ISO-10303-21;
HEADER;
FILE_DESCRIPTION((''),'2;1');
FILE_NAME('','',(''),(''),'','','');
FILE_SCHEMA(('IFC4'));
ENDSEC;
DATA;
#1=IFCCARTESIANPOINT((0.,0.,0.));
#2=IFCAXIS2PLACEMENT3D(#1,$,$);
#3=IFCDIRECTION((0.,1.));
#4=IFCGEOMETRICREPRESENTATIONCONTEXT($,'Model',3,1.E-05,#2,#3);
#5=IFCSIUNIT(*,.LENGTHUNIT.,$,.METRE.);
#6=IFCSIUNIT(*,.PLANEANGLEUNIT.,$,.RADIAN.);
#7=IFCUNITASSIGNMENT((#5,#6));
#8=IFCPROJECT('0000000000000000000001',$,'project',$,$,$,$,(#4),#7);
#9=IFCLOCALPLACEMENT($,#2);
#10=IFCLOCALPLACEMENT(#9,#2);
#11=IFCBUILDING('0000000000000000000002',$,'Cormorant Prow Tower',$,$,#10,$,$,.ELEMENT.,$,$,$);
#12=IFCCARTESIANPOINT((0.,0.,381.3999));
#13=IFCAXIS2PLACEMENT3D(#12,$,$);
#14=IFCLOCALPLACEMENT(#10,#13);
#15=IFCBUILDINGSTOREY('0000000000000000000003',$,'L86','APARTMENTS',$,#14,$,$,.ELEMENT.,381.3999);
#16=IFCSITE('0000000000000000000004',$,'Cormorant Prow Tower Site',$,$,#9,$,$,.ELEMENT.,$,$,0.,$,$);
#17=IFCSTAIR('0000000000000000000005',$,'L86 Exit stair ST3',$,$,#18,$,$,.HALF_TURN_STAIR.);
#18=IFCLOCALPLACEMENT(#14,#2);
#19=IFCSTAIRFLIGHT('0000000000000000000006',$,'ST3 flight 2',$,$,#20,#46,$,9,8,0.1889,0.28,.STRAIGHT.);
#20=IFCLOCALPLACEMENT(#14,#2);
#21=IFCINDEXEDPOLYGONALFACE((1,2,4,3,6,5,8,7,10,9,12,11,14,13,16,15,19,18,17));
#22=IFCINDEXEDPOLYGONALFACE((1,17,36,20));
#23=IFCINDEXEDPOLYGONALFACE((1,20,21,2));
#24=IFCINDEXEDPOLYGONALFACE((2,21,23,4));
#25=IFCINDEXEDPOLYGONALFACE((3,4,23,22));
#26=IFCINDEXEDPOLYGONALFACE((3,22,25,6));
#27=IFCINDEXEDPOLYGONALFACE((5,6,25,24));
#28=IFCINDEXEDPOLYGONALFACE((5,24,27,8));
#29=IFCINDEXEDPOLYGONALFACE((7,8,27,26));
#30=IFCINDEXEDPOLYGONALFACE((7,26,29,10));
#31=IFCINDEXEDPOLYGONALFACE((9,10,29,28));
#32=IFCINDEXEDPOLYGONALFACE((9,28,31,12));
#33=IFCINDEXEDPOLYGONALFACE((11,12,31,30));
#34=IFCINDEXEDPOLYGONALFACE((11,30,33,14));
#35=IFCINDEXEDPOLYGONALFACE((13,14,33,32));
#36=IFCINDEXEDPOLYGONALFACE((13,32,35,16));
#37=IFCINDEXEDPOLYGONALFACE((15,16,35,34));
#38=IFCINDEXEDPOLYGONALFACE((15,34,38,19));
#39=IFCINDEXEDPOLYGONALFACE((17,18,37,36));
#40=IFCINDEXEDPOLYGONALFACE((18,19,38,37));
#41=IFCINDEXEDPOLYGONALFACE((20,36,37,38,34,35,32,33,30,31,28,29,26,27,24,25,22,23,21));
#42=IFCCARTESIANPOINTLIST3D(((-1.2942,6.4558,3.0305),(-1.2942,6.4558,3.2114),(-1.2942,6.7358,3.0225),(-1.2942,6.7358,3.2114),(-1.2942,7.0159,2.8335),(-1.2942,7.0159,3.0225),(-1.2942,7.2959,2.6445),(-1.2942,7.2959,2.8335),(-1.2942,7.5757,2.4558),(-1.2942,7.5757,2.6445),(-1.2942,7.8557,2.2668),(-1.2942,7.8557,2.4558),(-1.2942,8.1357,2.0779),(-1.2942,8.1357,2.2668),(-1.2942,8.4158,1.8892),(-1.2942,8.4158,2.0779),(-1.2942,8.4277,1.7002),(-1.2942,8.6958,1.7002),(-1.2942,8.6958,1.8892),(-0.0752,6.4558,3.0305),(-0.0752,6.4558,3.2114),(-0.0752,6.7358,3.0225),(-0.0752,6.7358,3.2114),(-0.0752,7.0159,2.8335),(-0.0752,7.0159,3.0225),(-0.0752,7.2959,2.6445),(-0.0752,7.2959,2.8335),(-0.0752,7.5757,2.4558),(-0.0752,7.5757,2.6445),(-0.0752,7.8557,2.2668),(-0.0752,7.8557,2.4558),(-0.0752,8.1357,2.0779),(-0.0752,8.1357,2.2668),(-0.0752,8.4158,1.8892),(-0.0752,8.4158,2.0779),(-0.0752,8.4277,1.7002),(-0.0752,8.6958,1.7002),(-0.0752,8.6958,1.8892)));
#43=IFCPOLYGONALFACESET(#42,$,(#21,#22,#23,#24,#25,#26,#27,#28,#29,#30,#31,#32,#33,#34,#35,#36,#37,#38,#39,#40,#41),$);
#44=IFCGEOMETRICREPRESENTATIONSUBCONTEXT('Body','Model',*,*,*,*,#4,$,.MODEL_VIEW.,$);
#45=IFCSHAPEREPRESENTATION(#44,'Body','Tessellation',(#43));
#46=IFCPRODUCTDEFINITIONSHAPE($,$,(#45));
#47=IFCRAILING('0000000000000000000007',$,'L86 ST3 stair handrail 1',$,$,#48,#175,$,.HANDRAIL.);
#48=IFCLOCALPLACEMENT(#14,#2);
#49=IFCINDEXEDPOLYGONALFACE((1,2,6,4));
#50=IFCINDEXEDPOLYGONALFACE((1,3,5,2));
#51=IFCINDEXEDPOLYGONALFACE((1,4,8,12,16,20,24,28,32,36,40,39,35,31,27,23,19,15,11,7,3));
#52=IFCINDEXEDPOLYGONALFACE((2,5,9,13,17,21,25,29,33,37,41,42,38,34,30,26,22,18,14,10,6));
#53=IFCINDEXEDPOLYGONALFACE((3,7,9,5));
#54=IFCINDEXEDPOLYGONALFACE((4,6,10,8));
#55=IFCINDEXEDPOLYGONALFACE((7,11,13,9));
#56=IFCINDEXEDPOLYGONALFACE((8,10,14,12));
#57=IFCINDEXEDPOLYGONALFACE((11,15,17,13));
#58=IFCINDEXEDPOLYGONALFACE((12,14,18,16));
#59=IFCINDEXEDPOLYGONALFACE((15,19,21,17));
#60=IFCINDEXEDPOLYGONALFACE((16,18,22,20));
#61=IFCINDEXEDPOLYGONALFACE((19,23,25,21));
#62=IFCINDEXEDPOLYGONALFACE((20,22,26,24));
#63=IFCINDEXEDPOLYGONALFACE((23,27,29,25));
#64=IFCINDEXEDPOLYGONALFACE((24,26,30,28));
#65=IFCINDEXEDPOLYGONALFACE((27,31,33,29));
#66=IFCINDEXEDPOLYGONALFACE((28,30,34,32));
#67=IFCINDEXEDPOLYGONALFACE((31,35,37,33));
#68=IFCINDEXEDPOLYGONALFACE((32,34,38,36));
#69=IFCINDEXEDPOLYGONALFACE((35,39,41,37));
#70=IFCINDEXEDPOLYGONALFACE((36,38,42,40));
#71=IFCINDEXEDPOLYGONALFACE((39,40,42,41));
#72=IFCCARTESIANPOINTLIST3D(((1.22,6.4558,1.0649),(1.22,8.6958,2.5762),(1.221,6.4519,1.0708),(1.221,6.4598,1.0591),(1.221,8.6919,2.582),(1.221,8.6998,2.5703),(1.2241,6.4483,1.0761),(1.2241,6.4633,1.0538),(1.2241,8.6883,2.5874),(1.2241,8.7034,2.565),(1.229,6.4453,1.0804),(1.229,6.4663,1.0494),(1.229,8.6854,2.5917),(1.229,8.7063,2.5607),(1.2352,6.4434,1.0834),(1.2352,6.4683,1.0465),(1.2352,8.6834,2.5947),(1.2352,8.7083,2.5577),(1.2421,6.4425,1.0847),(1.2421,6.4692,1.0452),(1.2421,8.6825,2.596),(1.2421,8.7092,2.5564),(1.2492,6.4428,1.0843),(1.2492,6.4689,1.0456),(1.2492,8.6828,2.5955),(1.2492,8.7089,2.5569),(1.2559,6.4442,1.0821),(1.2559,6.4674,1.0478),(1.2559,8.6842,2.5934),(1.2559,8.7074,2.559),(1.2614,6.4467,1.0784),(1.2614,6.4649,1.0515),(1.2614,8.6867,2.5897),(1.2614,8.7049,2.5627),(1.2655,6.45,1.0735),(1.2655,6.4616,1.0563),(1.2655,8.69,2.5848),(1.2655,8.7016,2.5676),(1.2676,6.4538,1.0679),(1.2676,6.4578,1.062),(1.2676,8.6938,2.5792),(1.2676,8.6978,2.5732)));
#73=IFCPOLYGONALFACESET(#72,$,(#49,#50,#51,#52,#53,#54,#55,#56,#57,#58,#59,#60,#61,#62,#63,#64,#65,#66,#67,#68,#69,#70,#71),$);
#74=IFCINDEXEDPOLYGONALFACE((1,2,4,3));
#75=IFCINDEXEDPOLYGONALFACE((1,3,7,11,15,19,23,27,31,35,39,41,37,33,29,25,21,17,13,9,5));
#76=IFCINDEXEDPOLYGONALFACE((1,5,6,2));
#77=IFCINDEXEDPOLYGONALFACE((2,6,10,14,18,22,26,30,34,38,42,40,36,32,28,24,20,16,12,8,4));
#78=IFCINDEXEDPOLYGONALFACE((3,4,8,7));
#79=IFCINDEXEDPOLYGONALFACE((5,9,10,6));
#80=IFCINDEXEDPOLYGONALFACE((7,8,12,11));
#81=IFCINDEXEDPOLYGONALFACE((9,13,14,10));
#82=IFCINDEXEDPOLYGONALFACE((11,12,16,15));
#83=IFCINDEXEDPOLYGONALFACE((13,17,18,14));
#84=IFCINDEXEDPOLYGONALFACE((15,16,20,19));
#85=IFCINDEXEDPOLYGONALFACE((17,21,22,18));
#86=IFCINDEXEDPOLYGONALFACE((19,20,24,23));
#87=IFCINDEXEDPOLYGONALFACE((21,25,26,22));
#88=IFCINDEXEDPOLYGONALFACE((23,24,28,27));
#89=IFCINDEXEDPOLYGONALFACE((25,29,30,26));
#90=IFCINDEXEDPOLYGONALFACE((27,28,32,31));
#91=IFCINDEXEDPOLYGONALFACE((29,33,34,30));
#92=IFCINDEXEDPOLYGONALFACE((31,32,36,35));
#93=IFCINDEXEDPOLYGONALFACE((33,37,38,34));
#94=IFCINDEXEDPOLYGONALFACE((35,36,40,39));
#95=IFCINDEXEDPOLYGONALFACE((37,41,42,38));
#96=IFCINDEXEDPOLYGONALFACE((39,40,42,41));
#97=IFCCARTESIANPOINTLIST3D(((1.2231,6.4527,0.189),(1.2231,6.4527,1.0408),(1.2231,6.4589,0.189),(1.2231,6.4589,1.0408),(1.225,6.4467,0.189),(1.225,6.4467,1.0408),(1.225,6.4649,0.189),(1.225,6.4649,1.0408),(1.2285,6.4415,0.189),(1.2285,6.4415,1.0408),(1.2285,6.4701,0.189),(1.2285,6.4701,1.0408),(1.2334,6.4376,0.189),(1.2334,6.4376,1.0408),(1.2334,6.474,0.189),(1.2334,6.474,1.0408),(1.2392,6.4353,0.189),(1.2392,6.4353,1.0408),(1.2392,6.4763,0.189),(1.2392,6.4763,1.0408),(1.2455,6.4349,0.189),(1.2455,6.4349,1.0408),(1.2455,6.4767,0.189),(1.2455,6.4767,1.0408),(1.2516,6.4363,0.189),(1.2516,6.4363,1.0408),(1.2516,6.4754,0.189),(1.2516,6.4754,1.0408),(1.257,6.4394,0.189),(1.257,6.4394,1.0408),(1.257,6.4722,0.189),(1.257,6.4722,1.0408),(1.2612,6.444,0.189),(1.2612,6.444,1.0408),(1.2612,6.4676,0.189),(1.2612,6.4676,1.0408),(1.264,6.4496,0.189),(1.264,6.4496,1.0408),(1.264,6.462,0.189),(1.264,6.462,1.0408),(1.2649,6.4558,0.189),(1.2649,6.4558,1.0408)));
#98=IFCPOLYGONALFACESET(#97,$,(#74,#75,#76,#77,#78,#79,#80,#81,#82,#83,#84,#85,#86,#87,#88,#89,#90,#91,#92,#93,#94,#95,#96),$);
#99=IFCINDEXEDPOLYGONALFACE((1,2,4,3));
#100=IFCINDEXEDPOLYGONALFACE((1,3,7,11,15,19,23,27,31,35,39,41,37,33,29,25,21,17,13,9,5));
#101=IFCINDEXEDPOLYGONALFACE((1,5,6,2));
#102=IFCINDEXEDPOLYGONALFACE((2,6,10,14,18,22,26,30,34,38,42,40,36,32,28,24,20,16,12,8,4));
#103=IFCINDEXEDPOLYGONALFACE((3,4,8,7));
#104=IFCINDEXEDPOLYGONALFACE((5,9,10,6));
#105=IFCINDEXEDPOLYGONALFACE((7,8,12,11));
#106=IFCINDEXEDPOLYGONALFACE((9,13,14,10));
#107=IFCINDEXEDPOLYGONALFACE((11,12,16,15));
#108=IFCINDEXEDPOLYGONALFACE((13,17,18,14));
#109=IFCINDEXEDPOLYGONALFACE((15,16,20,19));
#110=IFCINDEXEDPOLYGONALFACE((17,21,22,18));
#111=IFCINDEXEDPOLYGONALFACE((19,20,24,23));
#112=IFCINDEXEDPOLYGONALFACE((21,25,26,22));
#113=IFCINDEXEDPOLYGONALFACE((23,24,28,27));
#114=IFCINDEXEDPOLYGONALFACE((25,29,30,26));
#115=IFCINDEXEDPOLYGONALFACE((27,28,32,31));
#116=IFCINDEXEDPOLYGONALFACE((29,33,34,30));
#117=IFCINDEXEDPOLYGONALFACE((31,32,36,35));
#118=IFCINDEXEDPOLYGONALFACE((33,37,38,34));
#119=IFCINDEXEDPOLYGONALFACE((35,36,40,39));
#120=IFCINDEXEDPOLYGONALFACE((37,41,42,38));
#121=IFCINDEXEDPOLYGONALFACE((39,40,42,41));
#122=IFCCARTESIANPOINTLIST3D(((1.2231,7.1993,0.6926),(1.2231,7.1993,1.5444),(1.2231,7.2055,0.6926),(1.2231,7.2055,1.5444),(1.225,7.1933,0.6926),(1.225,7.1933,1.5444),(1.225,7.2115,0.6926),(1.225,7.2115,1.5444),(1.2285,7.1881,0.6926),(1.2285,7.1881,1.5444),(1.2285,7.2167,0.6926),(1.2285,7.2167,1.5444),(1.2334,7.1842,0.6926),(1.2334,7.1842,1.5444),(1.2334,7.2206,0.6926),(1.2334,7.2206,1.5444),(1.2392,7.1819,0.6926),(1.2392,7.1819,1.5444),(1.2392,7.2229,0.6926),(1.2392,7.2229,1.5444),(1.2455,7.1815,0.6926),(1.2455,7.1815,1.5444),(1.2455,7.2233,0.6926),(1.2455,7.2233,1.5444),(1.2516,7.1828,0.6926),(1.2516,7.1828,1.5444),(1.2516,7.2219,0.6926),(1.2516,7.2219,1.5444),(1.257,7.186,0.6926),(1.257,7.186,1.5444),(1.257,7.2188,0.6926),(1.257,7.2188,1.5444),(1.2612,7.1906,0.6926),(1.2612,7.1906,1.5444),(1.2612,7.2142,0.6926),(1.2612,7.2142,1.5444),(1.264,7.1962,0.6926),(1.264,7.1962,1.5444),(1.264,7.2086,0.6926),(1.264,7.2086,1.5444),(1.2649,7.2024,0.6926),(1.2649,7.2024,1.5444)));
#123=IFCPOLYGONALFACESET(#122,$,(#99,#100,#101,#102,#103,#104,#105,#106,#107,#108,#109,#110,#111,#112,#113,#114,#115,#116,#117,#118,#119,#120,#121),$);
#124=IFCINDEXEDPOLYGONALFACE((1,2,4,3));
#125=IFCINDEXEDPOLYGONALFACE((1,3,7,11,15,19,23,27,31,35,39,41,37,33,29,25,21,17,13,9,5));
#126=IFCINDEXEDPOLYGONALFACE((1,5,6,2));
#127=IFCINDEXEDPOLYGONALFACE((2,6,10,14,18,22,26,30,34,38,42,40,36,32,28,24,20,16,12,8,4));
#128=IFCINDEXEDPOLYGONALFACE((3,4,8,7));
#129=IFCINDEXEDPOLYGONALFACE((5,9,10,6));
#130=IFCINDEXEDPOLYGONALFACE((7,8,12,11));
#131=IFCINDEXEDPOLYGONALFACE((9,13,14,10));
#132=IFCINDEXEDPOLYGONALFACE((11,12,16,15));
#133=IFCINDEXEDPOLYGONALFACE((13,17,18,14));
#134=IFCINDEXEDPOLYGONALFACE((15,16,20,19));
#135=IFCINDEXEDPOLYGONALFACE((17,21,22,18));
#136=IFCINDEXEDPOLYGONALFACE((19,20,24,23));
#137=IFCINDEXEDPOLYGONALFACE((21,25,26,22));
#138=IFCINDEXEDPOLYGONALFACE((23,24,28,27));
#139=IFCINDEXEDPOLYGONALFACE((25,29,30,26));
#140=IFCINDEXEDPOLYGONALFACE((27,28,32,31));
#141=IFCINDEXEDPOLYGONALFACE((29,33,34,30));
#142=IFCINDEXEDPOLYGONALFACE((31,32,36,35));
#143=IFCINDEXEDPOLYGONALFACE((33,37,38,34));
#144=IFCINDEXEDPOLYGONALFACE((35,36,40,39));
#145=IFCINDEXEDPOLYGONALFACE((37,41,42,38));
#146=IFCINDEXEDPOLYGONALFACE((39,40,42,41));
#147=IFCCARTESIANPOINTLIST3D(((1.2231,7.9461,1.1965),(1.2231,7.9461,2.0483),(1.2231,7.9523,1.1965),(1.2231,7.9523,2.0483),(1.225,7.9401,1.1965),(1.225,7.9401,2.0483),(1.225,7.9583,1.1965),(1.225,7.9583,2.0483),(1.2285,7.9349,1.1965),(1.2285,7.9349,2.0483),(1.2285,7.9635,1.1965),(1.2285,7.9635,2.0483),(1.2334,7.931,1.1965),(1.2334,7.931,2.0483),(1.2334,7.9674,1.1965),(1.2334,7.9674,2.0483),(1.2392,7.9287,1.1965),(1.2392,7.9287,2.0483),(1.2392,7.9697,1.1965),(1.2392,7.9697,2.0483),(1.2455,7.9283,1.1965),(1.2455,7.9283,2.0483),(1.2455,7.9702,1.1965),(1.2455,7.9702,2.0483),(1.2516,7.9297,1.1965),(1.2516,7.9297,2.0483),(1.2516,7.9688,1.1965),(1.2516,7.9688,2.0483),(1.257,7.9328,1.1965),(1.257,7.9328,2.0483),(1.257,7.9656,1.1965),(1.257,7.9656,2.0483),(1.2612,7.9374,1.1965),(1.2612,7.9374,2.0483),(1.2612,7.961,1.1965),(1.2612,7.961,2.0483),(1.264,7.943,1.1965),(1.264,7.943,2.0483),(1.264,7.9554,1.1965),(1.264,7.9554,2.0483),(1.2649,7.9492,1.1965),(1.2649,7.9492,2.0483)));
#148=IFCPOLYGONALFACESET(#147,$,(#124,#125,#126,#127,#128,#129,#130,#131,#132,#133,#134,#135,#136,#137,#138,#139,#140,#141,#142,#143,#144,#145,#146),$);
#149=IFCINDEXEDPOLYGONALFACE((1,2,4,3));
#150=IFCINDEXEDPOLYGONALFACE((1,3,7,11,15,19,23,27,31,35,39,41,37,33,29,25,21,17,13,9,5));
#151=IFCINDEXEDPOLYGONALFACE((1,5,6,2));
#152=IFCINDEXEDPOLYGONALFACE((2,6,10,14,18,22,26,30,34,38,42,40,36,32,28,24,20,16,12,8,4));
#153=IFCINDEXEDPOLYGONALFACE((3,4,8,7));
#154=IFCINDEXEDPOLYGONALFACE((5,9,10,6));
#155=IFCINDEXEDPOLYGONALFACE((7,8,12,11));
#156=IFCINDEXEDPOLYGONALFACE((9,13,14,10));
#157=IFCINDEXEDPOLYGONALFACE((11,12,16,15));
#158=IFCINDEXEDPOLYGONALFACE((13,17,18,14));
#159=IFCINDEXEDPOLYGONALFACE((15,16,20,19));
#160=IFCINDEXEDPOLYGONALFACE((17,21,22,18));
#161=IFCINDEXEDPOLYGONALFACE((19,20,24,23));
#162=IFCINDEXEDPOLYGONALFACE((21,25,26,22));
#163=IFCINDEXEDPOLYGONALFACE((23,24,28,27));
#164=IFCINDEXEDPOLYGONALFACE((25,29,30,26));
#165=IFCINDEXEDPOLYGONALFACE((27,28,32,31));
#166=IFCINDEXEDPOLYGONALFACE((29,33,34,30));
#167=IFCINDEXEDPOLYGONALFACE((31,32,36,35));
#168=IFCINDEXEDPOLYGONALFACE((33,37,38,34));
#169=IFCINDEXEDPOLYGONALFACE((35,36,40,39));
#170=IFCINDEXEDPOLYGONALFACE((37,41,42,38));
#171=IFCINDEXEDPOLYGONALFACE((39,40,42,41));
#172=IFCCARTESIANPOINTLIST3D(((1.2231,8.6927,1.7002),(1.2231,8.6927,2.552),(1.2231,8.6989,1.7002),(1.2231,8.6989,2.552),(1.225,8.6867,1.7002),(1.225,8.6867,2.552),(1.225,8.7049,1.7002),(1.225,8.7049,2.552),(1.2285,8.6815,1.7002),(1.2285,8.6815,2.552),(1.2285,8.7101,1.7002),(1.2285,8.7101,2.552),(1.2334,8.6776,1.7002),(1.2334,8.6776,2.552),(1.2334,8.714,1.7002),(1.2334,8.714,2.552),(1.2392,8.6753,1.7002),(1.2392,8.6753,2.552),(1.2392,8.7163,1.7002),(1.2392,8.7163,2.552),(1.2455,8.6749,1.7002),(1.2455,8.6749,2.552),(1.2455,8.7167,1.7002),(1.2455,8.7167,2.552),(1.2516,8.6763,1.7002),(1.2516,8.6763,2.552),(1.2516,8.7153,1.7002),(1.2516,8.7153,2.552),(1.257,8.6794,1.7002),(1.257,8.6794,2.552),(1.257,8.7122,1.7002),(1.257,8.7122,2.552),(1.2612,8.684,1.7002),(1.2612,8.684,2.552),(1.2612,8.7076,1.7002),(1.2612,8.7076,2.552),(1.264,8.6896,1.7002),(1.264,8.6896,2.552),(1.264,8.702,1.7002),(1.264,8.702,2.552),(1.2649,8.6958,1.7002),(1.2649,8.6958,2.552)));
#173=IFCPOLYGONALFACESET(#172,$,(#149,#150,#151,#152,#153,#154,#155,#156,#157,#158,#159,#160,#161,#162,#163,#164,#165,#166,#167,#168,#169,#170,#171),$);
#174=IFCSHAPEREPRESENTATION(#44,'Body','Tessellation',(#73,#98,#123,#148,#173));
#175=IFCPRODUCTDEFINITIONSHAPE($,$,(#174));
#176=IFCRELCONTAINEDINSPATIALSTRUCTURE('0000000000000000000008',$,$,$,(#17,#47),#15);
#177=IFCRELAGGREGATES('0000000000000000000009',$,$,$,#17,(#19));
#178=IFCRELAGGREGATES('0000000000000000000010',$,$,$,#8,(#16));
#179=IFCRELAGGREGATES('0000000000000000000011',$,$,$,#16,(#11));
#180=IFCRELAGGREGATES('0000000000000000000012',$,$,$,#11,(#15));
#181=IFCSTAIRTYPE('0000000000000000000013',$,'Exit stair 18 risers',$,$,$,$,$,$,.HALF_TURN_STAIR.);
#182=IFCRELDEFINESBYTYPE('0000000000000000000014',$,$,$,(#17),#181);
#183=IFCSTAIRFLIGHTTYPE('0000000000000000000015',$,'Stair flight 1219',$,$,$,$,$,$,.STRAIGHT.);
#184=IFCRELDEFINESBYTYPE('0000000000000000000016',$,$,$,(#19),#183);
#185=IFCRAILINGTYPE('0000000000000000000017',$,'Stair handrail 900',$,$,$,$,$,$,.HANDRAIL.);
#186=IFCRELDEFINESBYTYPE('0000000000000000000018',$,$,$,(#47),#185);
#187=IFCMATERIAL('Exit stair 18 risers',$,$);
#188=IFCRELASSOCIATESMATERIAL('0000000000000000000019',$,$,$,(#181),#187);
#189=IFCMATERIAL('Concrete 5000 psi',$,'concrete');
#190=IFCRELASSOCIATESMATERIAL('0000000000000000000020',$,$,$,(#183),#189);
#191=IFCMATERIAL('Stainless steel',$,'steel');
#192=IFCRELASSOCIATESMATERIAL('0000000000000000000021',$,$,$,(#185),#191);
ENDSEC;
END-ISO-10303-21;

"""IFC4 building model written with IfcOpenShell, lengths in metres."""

from ifc_helpers import new_model, si_unit, direction, frame, origin, origin_2d, place, context, subcontext, project, spatial, polyline, circle, outline, extrude, material, type_object, element, aggregate, save


model = new_model("IFC4")

# Units and contexts
model_context = context("Model", 3, precision=1e-05, world=origin(), true_north=direction((0.0, 1.0)))
body_context = subcontext(model_context, "Body", "Model", "MODEL_VIEW")
ifc_project = project(units=[si_unit("LENGTHUNIT", "METRE"), si_unit("PLANEANGLEUNIT", "RADIAN")], contexts=[model_context])

# Site, building, storey
site_placement = place(None, origin())
site = spatial("IfcSite", under=ifc_project, at=site_placement, Name="Cormorant Prow Tower Site", CompositionType="ELEMENT", RefElevation=0.0)
building_placement = place(site_placement, origin())
building = spatial("IfcBuilding", under=site, at=building_placement, Name="Cormorant Prow Tower", CompositionType="ELEMENT")
storey_placement = place(building_placement, frame((0.0, 0.0, 381.3999)))
storey = spatial("IfcBuildingStorey", under=building, at=storey_placement, Name="L86", Description="APARTMENTS", CompositionType="ELEMENT", Elevation=381.3999)

# Stair
ifc_material_1 = material(Name="Exit stair 18 risers")
stair_type = type_object("IfcStairType", Name="Exit stair 18 risers", PredefinedType="HALF_TURN_STAIR", material=ifc_material_1)
stair_1_placement = place(storey_placement, origin())
stair_1 = element("IfcStair", 1, at=stair_1_placement, inside=storey, type_object=stair_type, Name="L86 Exit stair ST3", PredefinedType="HALF_TURN_STAIR")

# Stair flight
ifc_material_2 = material(Name="Concrete 5000 psi", Category="concrete")
stair_flight_type = type_object("IfcStairFlightType", Name="Stair flight 1219", PredefinedType="STRAIGHT", material=ifc_material_2)
stair_flight_1_placement = place(storey_placement, frame((-0.6846, 8.6958, 1.7002), z_axis=(0.0, 0.0, 1.0), x_axis=(0.0, -1.0, 0.0)))
stair_flight_1 = element("IfcStairFlight", 2, at=stair_flight_1_placement, type_object=stair_flight_type, Name="ST3 flight 2", NumberOfRisers=9, NumberOfTreads=8, PredefinedType="STRAIGHT", RiserHeight=0.1889, TreadLength=0.28, context=body_context, shape_type="SweptSolid", body=[
    extrude(outline(polyline([(0.0, 0.0), (0.0, 0.189), (0.28, 0.189), (0.28, 0.3777), (0.5601, 0.3777), (0.5601, 0.5667), (0.8401, 0.5667), (0.8401, 0.7556), (1.1201, 0.7556), (1.1201, 0.9443), (1.3999, 0.9443), (1.3999, 1.1333), (1.6799, 1.1333), (1.6799, 1.3223), (1.96, 1.3223), (1.96, 1.5112), (2.24, 1.5112), (2.24, 1.7), (2.24, 1.3303), (0.2681, 0.0), (0.0, 0.0)])), frame((0.0, 0.6094, 0.0), z_axis=(0.0, -1.0, 0.0), x_axis=(1.0, 0.0, 0.0)), (0.0, 0.0, 1.0), 1.219),
])
aggregate(stair_1, [stair_flight_1])

# Railing
ifc_material_3 = material(Name="Stainless steel", Category="steel")
railing_type_1 = type_object("IfcRailingType", Name="Stair handrail 900", PredefinedType="HANDRAIL", material=ifc_material_3)
railing_1_placement = place(storey_placement, frame((1.2439, 6.4558, 0.189)))
element("IfcRailing", 3, at=railing_1_placement, inside=storey, type_object=railing_type_1, Name="L86 ST3 stair handrail 1", PredefinedType="HANDRAIL", context=body_context, shape_type="SweptSolid", body=[
    extrude(circle(Radius=0.0239, at=origin_2d()), frame((0.0, 0.0, 0.876), z_axis=(0.0, 0.82898, 0.559279), x_axis=(-1.0, 0.0, 0.0)), (0.0, 0.0, 1.0), 2.7021),
    extrude(circle(Radius=0.021, at=origin_2d()), origin(), (0.0, 0.0, 1.0), 0.8518),
    extrude(circle(Radius=0.021, at=origin_2d()), frame((0.0, 0.7466, 0.5037)), (0.0, 0.0, 1.0), 0.8518),
    extrude(circle(Radius=0.021, at=origin_2d()), frame((0.0, 1.4934, 1.0076)), (0.0, 0.0, 1.0), 0.8518),
    extrude(circle(Radius=0.021, at=origin_2d()), frame((0.0, 2.24, 1.5112)), (0.0, 0.0, 1.0), 0.8518),
])

save(model, "model.ifc")
